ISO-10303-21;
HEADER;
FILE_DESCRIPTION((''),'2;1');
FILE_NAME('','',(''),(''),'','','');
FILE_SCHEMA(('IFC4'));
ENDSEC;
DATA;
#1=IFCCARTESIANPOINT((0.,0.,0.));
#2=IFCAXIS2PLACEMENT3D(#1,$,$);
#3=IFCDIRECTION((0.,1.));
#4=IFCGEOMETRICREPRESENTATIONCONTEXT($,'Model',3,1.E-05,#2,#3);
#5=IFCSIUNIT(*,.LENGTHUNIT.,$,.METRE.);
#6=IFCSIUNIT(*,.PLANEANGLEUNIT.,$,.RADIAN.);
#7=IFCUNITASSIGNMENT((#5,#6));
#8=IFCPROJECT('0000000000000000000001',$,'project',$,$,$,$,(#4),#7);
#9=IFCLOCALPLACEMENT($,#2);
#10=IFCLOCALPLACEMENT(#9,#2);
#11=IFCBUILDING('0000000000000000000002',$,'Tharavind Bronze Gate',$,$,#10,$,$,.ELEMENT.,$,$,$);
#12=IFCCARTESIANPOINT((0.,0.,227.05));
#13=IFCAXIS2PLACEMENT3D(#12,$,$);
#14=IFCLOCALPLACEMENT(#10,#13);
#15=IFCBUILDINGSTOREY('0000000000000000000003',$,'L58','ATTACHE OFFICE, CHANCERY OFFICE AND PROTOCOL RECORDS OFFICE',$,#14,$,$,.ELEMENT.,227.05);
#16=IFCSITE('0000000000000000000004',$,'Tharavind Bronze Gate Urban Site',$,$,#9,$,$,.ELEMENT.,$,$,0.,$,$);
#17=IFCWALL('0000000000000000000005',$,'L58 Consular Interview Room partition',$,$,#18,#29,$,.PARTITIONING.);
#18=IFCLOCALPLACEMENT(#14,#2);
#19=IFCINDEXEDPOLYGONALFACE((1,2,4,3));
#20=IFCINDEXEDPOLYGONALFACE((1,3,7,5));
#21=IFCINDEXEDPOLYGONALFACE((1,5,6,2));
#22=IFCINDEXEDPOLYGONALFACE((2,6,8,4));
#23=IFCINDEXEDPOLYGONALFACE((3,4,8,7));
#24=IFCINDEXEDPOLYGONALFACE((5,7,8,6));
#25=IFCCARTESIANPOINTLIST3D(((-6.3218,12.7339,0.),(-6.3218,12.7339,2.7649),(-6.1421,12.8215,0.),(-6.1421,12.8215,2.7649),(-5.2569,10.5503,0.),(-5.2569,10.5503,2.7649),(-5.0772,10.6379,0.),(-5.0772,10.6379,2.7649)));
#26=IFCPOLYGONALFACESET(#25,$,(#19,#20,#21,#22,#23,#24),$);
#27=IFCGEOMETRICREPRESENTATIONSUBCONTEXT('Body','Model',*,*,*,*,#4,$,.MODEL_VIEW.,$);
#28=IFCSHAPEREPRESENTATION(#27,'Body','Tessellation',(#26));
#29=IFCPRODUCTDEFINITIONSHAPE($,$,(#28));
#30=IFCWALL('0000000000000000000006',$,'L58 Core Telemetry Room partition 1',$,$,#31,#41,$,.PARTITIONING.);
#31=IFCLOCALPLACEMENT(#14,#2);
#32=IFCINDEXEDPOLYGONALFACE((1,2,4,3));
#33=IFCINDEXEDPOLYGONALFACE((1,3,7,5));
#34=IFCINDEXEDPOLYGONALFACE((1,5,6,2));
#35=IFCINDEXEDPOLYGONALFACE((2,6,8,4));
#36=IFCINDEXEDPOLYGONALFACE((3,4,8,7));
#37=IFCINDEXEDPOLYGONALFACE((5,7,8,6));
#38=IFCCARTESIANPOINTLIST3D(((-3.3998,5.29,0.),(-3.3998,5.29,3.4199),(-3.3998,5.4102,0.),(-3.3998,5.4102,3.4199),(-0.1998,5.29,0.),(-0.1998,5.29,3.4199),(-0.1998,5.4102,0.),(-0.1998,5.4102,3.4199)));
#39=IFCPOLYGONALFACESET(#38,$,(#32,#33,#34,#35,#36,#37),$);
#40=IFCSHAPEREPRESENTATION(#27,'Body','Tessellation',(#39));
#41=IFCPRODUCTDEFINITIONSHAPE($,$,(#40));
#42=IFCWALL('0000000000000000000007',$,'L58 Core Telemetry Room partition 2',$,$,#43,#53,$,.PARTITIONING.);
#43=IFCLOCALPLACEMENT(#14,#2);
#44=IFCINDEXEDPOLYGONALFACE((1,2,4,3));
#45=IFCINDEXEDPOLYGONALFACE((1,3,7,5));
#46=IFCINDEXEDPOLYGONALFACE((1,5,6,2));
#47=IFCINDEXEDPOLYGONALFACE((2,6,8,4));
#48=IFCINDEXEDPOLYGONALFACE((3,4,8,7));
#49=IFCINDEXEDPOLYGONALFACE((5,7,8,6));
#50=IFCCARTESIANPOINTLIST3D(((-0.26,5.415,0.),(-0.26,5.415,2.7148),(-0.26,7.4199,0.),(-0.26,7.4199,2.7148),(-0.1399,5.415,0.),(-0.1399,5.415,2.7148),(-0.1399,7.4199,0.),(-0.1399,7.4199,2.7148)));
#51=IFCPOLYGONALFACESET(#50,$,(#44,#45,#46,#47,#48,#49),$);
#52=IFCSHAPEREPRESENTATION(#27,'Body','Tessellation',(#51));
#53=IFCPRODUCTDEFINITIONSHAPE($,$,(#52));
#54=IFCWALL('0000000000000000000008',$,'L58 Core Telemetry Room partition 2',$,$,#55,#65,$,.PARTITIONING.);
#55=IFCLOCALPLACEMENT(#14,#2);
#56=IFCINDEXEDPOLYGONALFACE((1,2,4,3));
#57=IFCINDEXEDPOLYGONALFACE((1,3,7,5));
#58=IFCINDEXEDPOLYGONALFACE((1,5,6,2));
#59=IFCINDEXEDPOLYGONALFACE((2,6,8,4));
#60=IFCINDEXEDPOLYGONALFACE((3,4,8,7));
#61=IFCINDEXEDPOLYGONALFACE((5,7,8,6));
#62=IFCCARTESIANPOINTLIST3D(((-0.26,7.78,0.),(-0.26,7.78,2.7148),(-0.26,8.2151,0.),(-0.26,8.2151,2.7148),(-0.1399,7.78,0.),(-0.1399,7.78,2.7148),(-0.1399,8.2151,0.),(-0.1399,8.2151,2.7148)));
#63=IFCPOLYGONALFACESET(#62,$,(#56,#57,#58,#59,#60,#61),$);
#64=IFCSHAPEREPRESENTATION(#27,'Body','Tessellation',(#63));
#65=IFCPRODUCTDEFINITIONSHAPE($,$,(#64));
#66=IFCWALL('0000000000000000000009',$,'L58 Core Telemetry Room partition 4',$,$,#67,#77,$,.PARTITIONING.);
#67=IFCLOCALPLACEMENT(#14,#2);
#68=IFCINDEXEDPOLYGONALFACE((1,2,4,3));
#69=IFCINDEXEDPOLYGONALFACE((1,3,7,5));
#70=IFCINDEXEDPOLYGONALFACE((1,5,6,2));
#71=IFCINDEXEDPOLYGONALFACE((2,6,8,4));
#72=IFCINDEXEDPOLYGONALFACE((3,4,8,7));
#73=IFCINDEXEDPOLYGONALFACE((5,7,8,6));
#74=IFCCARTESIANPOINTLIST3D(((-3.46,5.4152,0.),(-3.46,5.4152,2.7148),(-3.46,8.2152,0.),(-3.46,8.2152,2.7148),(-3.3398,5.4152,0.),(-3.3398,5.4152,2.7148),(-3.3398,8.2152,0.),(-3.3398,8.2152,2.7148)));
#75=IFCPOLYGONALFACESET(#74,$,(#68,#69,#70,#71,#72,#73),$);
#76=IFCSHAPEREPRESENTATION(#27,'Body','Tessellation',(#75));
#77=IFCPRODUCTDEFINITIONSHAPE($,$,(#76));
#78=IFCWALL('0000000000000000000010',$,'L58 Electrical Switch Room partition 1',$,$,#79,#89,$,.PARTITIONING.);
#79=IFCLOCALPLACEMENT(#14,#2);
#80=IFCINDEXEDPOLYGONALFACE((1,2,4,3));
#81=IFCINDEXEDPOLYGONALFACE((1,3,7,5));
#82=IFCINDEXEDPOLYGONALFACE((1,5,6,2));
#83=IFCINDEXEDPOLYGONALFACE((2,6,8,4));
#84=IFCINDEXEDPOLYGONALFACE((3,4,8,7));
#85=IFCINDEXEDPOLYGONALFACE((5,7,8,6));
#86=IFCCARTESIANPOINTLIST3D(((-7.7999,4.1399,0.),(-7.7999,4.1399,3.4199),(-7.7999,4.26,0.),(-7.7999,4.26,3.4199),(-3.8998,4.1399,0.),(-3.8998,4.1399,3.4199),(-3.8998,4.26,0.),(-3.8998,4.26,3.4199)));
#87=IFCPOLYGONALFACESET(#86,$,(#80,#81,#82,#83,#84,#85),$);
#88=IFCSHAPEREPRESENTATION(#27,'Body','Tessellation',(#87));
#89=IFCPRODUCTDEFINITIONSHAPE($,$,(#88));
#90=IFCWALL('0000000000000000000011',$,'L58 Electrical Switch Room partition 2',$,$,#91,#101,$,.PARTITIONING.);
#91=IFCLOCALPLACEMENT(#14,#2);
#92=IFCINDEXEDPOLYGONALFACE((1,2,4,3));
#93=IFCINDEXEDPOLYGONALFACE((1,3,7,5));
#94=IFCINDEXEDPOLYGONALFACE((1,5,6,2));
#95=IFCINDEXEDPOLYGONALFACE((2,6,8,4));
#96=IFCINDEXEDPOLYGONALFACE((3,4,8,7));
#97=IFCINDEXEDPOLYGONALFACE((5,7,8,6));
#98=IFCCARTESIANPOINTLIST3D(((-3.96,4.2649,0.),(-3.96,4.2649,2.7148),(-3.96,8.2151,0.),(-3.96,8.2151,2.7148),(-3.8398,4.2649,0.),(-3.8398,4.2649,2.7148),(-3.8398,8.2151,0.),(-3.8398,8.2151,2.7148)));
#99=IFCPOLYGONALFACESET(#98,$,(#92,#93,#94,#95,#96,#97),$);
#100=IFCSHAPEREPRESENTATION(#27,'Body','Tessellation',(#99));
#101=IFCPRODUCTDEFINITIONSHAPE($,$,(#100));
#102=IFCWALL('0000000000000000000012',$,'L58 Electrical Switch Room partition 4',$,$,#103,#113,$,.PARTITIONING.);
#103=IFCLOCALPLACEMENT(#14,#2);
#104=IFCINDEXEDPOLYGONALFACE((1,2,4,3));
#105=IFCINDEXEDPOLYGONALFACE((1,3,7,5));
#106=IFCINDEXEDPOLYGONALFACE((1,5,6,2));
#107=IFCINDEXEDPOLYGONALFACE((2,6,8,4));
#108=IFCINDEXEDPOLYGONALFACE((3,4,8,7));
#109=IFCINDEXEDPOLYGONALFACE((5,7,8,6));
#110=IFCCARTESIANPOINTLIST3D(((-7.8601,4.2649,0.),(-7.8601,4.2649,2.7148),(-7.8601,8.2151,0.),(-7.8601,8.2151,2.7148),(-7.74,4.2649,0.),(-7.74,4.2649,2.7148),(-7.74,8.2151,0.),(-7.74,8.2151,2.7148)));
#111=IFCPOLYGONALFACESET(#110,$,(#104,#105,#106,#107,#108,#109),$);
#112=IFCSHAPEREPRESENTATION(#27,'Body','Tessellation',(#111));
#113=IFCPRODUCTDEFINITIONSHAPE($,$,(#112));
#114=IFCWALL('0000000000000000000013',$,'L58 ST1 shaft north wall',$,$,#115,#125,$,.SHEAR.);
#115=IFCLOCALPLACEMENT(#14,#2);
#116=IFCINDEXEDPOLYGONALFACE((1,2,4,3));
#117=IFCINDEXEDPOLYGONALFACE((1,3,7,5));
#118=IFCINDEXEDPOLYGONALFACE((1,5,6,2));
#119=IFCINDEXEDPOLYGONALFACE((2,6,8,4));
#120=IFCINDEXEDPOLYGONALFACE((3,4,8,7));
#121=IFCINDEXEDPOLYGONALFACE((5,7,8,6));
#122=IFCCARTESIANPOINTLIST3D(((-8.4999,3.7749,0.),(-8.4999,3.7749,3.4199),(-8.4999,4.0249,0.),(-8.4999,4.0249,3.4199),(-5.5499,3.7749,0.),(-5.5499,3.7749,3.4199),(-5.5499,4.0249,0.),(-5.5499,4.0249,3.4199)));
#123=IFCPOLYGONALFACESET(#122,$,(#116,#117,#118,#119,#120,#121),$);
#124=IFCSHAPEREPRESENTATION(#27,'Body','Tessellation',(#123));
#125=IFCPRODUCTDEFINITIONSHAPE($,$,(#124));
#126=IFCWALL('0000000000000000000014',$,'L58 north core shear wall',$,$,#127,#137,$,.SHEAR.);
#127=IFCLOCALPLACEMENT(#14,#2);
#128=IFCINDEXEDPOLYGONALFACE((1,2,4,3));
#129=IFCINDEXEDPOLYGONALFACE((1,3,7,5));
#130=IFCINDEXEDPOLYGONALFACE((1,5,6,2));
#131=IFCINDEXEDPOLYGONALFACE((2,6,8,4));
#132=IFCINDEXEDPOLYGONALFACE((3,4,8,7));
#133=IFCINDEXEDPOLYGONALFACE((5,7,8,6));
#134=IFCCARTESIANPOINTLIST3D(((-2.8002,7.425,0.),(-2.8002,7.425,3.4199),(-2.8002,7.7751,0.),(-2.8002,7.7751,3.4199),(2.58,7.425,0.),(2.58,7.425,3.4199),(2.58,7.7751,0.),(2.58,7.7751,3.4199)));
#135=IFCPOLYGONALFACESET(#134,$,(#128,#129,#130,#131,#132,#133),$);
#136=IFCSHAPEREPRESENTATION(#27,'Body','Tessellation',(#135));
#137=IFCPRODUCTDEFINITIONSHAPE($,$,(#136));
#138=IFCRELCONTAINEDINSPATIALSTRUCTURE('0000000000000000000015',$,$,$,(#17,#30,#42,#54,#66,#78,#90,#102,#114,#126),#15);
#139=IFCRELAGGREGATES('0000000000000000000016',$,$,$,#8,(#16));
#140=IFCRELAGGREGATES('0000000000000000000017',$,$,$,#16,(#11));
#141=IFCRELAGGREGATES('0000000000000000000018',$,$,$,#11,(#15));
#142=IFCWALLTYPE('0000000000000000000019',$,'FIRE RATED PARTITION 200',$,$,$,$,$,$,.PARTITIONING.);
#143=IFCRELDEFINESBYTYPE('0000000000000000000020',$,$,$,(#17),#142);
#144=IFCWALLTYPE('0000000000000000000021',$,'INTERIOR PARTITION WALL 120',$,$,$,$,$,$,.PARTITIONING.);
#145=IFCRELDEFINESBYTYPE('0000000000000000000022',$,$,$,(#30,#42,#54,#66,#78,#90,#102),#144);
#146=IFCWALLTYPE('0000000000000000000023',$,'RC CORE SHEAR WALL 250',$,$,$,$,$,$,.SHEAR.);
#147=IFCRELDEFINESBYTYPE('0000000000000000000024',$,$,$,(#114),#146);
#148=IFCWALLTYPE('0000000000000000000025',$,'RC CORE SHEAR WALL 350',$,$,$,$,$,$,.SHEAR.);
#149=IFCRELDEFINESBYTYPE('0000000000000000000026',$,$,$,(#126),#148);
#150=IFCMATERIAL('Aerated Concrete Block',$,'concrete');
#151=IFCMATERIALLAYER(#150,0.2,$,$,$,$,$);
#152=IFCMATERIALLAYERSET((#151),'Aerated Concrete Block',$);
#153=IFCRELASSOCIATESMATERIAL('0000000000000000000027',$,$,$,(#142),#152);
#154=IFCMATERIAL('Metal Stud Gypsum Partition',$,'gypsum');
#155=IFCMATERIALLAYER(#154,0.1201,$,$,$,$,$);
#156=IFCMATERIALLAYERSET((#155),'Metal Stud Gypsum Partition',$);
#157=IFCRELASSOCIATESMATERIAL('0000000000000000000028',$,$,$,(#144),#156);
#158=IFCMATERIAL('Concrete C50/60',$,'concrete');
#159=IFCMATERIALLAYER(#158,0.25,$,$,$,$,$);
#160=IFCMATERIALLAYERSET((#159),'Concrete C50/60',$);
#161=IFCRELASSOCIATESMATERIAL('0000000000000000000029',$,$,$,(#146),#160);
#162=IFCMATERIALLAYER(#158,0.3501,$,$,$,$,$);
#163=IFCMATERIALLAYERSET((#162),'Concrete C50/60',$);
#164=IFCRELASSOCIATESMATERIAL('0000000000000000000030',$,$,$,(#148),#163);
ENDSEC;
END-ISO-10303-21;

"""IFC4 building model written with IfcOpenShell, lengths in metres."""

from ifc_helpers import new_model, si_unit, direction, frame, frame_2d, origin, place, context, subcontext, project, spatial, rectangle, extrude, material, layer, layer_set, type_object, element, save


model = new_model("IFC4")

# Units and contexts
model_context = context("Model", 3, precision=1e-05, world=origin(), true_north=direction((0.0, 1.0)))
body_context = subcontext(model_context, "Body", "Model", "MODEL_VIEW")
ifc_project = project(units=[si_unit("LENGTHUNIT", "METRE"), si_unit("PLANEANGLEUNIT", "RADIAN")], contexts=[model_context])

# Site, building, storey
site_placement = place(None, origin())
site = spatial("IfcSite", under=ifc_project, at=site_placement, Name="Tharavind Bronze Gate Urban Site", CompositionType="ELEMENT", RefElevation=0.0)
building_placement = place(site_placement, origin())
building = spatial("IfcBuilding", under=site, at=building_placement, Name="Tharavind Bronze Gate", CompositionType="ELEMENT")
storey_placement = place(building_placement, frame((0.0, 0.0, 227.05)))
storey = spatial("IfcBuildingStorey", under=building, at=storey_placement, Name="L58", Description="ATTACHE OFFICE, CHANCERY OFFICE AND PROTOCOL RECORDS OFFICE", CompositionType="ELEMENT", Elevation=227.05)

# Wall
ifc_material_1 = material(Name="Aerated Concrete Block", Category="concrete")
ifc_layer_1 = layer(ifc_material_1, 0.2)
ifc_layer_set_1 = layer_set([ifc_layer_1], Name="Aerated Concrete Block")
wall_type_1 = type_object("IfcWallType", Name="FIRE RATED PARTITION 200", PredefinedType="PARTITIONING", material=ifc_layer_set_1)
wall_1_placement = place(storey_placement, frame((-5.167, 10.594, 0.0), z_axis=(0.0, 0.0, 1.0), x_axis=(-0.438348, 0.898805, 0.0)))
element("IfcWall", 1, at=wall_1_placement, inside=storey, type_object=wall_type_1, Name="L58 Consular Interview Room partition", PredefinedType="PARTITIONING", context=body_context, shape_type="SweptSolid", body=[
    extrude(rectangle(XDim=2.4294, YDim=0.2, at=frame_2d((1.2148, 0.0))), origin(), (0.0, 0.0, 1.0), 2.7649),
])

# Walls
ifc_material_2 = material(Name="Metal Stud Gypsum Partition", Category="gypsum")
ifc_layer_2 = layer(ifc_material_2, 0.1201)
ifc_layer_set_2 = layer_set([ifc_layer_2], Name="Metal Stud Gypsum Partition")
wall_type_2 = type_object("IfcWallType", Name="INTERIOR PARTITION WALL 120", PredefinedType="PARTITIONING", material=ifc_layer_set_2)
wall_2_placement = place(storey_placement, frame((-3.3999, 5.3501, 0.0), z_axis=(0.0, 0.0, 1.0), x_axis=(1.0, 0.0, 0.0)))
element("IfcWall", 2, at=wall_2_placement, inside=storey, type_object=wall_type_2, Name="L58 Core Telemetry Room partition 1", PredefinedType="PARTITIONING", context=body_context, shape_type="SweptSolid", body=[
    extrude(rectangle(XDim=3.2, YDim=0.1201, at=frame_2d((1.6001, 0.0))), origin(), (0.0, 0.0, 1.0), 3.4199),
])
wall_3_placement = place(storey_placement, frame((-0.2, 5.415, 0.0), z_axis=(0.0, 0.0, 1.0), x_axis=(0.0, 1.0, 0.0)))
element("IfcWall", 3, at=wall_3_placement, inside=storey, type_object=wall_type_2, Name="L58 Core Telemetry Room partition 2", PredefinedType="PARTITIONING", context=body_context, shape_type="SweptSolid", body=[
    extrude(rectangle(XDim=2.0049, YDim=0.1201, at=frame_2d((1.0024, 0.0))), origin(), (0.0, 0.0, 1.0), 2.7148),
])
wall_4_placement = place(storey_placement, frame((-0.2, 7.78, 0.0), z_axis=(0.0, 0.0, 1.0), x_axis=(0.0, 1.0, 0.0)))
element("IfcWall", 4, at=wall_4_placement, inside=storey, type_object=wall_type_2, Name="L58 Core Telemetry Room partition 2", PredefinedType="PARTITIONING", context=body_context, shape_type="SweptSolid", body=[
    extrude(rectangle(XDim=0.4351, YDim=0.1201, at=frame_2d((0.2175, 0.0))), origin(), (0.0, 0.0, 1.0), 2.7148),
])
wall_5_placement = place(storey_placement, frame((-3.3999, 8.2151, 0.0), z_axis=(0.0, 0.0, 1.0), x_axis=(0.0, -1.0, 0.0)))
element("IfcWall", 5, at=wall_5_placement, inside=storey, type_object=wall_type_2, Name="L58 Core Telemetry Room partition 4", PredefinedType="PARTITIONING", context=body_context, shape_type="SweptSolid", body=[
    extrude(rectangle(XDim=2.8, YDim=0.1201, at=frame_2d((1.3999, 0.0))), origin(), (0.0, 0.0, 1.0), 2.7148),
])
wall_6_placement = place(storey_placement, frame((-7.8, 4.2, 0.0), z_axis=(0.0, 0.0, 1.0), x_axis=(1.0, 0.0, 0.0)))
element("IfcWall", 6, at=wall_6_placement, inside=storey, type_object=wall_type_2, Name="L58 Electrical Switch Room partition 1", PredefinedType="PARTITIONING", context=body_context, shape_type="SweptSolid", body=[
    extrude(rectangle(XDim=3.9001, YDim=0.1201, at=frame_2d((1.9502, 0.0))), origin(), (0.0, 0.0, 1.0), 3.4199),
])
for number, where, z_axis, x_axis, name in (
    (7, (-3.8999, 4.2649, 0.0), (0.0, 0.0, 1.0), (0.0, 1.0, 0.0), "L58 Electrical Switch Room partition 2"),
    (8, (-7.8, 8.2151, 0.0), (0.0, 0.0, 1.0), (0.0, -1.0, 0.0), "L58 Electrical Switch Room partition 4"),
):
    element("IfcWall", number, at=place(storey_placement, frame(where, z_axis=z_axis, x_axis=x_axis)), inside=storey, type_object=wall_type_2, Name=name, PredefinedType="PARTITIONING", context=body_context, shape_type="SweptSolid", body=[
        extrude(rectangle(XDim=3.9502, YDim=0.1201, at=frame_2d((1.9751, 0.0))), origin(), (0.0, 0.0, 1.0), 2.7148),
    ])
ifc_material_3 = material(Name="Concrete C50/60", Category="concrete")
ifc_layer_3 = layer(ifc_material_3, 0.25)
ifc_layer_set_3 = layer_set([ifc_layer_3], Name="Concrete C50/60")
wall_type_3 = type_object("IfcWallType", Name="RC CORE SHEAR WALL 250", PredefinedType="SHEAR", material=ifc_layer_set_3)
wall_7_placement = place(storey_placement, frame((-8.5, 3.8999, 0.0), z_axis=(0.0, 0.0, 1.0), x_axis=(1.0, 0.0, 0.0)))
element("IfcWall", 9, at=wall_7_placement, inside=storey, type_object=wall_type_3, Name="L58 ST1 shaft north wall", PredefinedType="SHEAR", context=body_context, shape_type="SweptSolid", body=[
    extrude(rectangle(XDim=2.95, YDim=0.25, at=frame_2d((1.4751, 0.0))), origin(), (0.0, 0.0, 1.0), 3.4199),
])
ifc_layer_4 = layer(ifc_material_3, 0.3501)
ifc_layer_set_4 = layer_set([ifc_layer_4], Name="Concrete C50/60")
wall_type_4 = type_object("IfcWallType", Name="RC CORE SHEAR WALL 350", PredefinedType="SHEAR", material=ifc_layer_set_4)
wall_8_placement = place(storey_placement, frame((-2.8, 7.6001, 0.0), z_axis=(0.0, 0.0, 1.0), x_axis=(1.0, 0.0, 0.0)))
element("IfcWall", 10, at=wall_8_placement, inside=storey, type_object=wall_type_4, Name="L58 north core shear wall", PredefinedType="SHEAR", context=body_context, shape_type="SweptSolid", body=[
    extrude(rectangle(XDim=5.3801, YDim=0.3501, at=frame_2d((2.6899, 0.0))), origin(), (0.0, 0.0, 1.0), 3.4199),
])

save(model, "model.ifc")
